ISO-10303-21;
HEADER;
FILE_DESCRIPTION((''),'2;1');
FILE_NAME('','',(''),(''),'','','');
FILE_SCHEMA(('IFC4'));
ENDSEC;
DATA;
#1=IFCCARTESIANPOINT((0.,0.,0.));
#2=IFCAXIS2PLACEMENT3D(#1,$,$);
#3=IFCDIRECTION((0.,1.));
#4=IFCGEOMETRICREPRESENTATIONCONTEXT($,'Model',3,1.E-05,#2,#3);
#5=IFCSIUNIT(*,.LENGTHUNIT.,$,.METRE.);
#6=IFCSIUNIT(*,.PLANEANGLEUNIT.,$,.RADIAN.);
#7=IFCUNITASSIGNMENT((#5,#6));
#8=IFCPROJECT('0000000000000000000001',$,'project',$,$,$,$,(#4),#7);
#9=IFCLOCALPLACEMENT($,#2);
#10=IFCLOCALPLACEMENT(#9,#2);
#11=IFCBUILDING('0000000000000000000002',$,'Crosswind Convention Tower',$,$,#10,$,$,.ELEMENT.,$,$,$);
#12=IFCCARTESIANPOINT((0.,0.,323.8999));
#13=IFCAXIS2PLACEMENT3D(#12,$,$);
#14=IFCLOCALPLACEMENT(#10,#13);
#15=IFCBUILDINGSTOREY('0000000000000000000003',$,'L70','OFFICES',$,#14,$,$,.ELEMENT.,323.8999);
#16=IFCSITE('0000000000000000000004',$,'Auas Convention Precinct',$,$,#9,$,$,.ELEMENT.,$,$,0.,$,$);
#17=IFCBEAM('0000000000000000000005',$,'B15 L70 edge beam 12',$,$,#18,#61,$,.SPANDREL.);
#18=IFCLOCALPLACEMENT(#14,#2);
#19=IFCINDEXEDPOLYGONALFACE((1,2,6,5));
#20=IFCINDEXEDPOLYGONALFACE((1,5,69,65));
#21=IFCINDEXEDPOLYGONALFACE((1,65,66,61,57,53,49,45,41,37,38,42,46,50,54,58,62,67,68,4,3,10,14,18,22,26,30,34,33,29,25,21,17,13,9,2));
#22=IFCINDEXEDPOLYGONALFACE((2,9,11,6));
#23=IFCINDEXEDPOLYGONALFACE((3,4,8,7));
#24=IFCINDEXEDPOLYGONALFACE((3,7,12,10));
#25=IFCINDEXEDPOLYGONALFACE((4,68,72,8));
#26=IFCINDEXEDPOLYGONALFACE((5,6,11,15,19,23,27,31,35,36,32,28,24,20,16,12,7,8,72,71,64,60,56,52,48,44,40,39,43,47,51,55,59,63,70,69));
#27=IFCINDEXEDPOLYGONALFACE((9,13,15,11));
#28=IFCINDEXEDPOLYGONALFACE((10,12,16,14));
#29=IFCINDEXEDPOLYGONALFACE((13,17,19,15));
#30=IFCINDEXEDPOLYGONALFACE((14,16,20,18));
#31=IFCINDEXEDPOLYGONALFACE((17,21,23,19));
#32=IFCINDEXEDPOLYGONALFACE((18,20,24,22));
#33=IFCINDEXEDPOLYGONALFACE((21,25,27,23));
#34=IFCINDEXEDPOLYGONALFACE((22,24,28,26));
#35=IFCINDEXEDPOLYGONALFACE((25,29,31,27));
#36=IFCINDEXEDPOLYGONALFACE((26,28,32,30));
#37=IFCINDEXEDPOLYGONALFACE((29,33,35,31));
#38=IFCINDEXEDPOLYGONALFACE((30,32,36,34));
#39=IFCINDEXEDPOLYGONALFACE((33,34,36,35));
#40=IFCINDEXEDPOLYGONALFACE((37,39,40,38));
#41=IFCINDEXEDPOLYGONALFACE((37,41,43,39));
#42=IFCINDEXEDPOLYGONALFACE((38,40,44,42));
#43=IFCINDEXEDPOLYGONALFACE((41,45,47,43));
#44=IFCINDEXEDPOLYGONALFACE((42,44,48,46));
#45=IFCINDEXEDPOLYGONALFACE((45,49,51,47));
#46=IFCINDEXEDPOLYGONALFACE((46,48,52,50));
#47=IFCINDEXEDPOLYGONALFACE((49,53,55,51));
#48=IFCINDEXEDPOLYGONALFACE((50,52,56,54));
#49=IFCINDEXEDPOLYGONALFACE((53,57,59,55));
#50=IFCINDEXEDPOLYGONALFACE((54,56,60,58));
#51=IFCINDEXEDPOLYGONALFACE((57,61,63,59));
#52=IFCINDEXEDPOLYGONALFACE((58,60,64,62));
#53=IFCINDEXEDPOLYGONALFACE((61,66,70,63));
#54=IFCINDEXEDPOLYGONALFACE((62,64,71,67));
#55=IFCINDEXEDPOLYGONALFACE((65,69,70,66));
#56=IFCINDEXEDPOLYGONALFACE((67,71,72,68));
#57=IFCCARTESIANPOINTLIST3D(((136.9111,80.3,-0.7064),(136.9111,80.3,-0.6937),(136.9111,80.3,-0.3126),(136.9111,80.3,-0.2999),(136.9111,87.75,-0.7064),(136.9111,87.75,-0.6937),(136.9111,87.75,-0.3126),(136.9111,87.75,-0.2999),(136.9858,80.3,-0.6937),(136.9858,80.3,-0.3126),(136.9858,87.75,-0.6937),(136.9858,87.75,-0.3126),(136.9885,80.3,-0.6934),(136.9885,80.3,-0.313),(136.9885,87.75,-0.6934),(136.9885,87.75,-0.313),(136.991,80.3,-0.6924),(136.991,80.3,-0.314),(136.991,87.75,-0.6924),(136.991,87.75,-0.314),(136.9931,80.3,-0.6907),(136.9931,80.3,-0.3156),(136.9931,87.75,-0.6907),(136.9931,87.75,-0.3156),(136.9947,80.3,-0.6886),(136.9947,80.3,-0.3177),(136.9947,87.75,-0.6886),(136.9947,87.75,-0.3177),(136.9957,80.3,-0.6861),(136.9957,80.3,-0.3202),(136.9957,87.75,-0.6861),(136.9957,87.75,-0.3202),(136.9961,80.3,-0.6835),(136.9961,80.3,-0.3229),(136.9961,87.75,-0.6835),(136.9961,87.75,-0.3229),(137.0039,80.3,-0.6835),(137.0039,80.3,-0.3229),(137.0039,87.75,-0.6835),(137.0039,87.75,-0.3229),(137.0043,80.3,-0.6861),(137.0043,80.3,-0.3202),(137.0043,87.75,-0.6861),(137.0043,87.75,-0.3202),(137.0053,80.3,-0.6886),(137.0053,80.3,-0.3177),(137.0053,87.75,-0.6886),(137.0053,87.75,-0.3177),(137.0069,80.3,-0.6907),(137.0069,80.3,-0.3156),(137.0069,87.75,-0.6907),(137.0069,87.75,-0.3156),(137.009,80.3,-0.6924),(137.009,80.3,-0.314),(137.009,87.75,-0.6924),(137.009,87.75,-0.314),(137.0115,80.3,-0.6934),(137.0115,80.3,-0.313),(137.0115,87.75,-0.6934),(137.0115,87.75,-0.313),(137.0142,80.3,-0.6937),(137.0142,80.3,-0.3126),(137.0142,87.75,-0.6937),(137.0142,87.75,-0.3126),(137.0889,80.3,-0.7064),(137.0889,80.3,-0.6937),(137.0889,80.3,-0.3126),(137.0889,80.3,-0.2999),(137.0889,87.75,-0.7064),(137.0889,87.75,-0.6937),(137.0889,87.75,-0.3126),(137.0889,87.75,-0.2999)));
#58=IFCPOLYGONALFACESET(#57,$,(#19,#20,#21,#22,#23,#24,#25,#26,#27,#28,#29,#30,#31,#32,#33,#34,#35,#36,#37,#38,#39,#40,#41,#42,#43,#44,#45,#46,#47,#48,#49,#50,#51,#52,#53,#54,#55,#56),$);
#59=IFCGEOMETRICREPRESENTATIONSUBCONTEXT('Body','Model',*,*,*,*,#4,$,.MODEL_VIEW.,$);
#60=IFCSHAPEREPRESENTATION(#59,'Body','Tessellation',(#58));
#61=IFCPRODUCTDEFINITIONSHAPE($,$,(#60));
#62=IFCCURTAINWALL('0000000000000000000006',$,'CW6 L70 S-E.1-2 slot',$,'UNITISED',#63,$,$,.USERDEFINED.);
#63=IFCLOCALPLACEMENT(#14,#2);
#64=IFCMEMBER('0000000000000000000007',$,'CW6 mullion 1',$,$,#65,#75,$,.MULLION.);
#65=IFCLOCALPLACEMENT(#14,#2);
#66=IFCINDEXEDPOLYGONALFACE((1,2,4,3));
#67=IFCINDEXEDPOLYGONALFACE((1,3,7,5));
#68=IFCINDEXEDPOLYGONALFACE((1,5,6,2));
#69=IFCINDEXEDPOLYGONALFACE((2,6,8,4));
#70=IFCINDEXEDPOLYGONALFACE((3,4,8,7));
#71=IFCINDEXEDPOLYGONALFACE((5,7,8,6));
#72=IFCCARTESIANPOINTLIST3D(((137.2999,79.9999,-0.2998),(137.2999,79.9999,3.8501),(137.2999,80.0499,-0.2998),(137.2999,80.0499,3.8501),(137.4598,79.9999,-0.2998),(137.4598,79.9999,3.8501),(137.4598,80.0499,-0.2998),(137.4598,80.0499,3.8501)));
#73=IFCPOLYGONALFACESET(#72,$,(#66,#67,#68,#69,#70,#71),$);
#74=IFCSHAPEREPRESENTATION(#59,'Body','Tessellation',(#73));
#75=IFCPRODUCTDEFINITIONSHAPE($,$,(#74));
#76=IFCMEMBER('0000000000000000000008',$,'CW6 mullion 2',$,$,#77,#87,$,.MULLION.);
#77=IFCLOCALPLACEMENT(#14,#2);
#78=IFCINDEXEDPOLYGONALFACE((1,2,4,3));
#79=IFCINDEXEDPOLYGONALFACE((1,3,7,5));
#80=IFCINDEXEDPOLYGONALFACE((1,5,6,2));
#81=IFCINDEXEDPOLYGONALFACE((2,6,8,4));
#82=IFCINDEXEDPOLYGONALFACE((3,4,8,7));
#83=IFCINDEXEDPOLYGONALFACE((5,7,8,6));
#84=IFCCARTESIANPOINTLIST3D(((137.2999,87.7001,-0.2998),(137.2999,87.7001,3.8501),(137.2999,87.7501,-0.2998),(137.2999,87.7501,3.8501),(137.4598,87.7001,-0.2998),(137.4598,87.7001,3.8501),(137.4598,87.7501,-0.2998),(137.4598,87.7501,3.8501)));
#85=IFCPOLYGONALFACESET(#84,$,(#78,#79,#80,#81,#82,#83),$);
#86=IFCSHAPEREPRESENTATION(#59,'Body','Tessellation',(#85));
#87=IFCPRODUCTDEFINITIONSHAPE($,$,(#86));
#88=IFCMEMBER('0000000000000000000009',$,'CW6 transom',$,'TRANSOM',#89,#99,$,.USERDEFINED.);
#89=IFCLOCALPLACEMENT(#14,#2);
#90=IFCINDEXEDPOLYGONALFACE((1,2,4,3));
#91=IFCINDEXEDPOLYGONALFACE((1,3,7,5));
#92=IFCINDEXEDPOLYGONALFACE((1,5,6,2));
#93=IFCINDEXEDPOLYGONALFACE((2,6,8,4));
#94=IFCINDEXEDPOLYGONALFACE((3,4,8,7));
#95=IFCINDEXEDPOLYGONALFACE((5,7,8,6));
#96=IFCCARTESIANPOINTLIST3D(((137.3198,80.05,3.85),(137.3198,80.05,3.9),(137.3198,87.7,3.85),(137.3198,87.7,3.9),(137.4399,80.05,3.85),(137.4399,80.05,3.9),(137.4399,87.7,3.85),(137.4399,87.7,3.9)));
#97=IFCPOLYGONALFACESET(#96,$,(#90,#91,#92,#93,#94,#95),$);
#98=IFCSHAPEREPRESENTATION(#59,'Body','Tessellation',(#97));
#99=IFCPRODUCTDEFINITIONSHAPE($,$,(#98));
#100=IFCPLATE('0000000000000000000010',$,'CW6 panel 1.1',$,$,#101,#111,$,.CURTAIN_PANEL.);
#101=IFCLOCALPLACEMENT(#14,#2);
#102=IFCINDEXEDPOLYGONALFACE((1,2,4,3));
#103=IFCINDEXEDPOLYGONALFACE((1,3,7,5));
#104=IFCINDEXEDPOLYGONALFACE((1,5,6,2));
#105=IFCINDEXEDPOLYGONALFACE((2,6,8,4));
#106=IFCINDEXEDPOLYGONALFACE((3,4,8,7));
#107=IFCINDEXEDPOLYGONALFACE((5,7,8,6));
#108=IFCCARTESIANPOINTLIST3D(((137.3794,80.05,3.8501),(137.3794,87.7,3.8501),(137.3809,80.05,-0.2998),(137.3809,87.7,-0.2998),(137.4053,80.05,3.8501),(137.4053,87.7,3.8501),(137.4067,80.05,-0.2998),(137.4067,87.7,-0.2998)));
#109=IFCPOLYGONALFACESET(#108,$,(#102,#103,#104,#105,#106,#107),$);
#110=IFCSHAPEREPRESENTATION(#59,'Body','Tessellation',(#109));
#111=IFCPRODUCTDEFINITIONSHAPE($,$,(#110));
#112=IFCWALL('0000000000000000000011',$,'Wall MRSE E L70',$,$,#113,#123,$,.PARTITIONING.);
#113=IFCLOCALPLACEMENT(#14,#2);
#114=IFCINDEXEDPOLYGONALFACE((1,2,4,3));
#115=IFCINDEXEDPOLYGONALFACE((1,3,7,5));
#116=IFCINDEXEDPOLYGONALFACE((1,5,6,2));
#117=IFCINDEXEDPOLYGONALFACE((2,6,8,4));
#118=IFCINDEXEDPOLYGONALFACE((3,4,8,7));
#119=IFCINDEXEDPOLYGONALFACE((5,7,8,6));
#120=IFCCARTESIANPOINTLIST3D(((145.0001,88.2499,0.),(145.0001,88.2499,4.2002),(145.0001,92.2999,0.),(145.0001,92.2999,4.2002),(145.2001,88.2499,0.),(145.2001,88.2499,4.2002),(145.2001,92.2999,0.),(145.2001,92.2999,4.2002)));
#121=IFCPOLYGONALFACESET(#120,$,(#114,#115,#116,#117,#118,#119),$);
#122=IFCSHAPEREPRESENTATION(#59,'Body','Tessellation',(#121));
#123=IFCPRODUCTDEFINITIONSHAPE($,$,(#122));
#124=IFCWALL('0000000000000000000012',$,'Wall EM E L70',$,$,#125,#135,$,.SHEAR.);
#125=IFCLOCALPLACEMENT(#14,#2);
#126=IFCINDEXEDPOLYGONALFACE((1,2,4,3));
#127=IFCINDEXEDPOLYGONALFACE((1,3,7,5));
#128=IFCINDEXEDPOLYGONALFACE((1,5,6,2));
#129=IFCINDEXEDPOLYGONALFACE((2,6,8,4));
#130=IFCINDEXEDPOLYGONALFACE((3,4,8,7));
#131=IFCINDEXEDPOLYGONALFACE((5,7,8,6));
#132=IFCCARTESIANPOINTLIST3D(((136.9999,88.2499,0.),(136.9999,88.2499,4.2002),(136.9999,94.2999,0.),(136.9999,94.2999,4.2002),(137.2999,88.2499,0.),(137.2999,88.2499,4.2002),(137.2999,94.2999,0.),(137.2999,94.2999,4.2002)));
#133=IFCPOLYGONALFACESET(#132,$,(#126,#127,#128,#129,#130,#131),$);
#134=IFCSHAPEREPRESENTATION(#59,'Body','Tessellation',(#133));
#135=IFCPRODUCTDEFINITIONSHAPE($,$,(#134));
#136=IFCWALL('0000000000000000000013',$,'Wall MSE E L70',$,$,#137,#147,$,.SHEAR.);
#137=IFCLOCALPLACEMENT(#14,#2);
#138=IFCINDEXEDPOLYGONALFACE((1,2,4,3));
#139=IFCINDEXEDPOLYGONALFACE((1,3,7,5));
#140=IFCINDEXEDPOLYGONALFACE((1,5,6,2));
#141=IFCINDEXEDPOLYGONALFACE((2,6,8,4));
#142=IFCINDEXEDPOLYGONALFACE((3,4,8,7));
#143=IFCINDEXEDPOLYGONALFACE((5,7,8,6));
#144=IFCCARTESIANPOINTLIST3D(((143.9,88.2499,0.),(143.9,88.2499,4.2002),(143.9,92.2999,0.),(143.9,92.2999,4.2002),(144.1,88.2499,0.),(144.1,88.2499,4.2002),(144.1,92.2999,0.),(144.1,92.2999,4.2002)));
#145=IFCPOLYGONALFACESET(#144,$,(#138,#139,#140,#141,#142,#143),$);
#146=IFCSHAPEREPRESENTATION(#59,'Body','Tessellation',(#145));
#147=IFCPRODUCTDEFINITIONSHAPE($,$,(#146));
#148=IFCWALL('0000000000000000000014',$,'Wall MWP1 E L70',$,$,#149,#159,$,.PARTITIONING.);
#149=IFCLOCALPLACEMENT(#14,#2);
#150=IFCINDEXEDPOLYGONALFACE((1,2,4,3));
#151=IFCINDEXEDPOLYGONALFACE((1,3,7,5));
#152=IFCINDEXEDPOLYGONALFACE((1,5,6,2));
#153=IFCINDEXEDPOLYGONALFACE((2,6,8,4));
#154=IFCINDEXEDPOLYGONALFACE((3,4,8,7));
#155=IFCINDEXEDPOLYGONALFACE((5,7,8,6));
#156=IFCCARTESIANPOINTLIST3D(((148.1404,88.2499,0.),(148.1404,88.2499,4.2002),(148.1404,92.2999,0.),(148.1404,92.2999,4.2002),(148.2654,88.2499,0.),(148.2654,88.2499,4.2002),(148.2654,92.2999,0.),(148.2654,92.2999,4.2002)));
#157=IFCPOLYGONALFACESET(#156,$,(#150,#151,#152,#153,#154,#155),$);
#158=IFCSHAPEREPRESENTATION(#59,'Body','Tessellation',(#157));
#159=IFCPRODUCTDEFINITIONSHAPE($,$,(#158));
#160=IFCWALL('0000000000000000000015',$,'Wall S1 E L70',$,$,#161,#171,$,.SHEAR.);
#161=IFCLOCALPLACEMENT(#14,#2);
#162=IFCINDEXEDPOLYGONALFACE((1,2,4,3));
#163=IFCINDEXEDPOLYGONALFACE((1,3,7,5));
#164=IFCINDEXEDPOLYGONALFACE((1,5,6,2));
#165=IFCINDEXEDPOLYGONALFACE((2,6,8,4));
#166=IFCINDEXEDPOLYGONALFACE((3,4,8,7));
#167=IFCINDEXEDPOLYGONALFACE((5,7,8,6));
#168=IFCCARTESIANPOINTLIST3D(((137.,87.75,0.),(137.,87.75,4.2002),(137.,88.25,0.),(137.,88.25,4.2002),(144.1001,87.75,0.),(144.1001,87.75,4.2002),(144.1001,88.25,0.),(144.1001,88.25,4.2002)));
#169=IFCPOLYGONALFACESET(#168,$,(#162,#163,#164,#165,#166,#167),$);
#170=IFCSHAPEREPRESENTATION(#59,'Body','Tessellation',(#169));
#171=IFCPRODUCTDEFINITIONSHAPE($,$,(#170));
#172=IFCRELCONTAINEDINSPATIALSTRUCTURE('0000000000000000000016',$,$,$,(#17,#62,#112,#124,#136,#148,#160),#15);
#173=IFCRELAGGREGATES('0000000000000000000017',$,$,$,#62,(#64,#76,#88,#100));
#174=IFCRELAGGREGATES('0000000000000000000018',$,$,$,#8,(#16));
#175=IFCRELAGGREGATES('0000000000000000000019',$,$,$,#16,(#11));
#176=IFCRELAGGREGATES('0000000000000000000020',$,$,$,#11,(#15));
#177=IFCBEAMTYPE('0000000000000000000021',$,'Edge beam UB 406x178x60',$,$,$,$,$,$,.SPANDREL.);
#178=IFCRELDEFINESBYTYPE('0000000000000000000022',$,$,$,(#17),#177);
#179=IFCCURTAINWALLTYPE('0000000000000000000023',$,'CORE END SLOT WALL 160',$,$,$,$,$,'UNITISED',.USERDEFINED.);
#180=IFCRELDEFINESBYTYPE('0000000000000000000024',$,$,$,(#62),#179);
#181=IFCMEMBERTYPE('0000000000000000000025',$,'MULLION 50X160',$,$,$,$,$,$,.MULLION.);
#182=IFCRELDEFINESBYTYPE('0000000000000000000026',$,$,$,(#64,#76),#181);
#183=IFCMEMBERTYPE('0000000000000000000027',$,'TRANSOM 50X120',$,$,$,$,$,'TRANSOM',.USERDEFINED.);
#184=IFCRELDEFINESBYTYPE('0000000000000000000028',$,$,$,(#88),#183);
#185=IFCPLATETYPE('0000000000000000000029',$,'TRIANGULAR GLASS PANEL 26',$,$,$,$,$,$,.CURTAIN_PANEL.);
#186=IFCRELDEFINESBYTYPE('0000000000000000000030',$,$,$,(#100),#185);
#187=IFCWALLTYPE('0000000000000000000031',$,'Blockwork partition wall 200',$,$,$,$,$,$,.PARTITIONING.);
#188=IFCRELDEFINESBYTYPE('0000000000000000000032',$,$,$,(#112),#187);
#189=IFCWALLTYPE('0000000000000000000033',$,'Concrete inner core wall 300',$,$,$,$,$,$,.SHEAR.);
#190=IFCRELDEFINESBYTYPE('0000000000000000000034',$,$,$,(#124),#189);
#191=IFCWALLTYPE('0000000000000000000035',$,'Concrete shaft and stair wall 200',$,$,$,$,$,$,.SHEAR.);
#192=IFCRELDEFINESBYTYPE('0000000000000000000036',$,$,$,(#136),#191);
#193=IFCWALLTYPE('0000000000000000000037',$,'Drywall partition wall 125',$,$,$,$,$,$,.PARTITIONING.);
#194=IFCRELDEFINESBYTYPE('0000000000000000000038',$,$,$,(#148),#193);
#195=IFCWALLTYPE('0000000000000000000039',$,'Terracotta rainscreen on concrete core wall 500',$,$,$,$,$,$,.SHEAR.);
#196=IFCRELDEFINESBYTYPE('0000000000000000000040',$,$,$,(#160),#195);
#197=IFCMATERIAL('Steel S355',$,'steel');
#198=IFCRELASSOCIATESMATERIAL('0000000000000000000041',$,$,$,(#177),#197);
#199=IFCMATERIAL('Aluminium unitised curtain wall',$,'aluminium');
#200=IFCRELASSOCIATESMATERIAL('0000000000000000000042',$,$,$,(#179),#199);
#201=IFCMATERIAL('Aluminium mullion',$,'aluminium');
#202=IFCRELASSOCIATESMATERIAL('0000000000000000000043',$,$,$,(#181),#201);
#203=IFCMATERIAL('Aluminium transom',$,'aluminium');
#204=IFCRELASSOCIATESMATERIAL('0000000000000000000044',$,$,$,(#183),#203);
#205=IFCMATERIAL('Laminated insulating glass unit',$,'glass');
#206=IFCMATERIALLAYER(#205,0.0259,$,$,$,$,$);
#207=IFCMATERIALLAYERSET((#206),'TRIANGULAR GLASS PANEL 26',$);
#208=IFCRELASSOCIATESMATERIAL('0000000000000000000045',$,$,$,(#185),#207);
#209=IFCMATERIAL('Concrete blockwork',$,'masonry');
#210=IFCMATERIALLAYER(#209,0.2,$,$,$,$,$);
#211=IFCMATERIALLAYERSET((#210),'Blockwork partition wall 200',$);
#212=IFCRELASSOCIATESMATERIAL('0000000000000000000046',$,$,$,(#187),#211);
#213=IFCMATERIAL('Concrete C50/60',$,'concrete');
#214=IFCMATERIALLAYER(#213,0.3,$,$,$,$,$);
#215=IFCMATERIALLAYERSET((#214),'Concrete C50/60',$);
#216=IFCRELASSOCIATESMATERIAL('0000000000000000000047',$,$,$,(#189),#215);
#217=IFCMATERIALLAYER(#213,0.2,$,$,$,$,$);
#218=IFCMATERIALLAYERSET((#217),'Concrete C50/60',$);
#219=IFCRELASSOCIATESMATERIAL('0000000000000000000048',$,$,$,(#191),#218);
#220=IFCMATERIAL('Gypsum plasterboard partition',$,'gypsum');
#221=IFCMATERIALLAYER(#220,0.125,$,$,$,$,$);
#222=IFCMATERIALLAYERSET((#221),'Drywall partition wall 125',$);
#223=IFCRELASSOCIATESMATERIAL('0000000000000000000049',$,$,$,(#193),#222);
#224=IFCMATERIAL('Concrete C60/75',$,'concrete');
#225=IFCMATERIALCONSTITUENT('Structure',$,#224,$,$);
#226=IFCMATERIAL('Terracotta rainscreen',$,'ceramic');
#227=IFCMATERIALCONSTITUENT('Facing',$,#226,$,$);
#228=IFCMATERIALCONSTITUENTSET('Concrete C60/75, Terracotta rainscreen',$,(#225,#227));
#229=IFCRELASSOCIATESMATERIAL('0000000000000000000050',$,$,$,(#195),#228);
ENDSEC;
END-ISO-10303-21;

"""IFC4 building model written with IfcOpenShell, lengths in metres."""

from ifc_helpers import new_model, si_unit, direction, frame, frame_2d, origin, origin_2d, place, context, subcontext, project, spatial, polyline, rectangle, i_section, outline, extrude, material, layer, layer_set, constituent, constituent_set, material_profile, profile_set, type_object, element, aggregate, save


model = new_model("IFC4")

# Units and contexts
model_context = context("Model", 3, precision=1e-05, world=origin(), true_north=direction((0.0, 1.0)))
body_context = subcontext(model_context, "Body", "Model", "MODEL_VIEW")
ifc_project = project(units=[si_unit("LENGTHUNIT", "METRE"), si_unit("PLANEANGLEUNIT", "RADIAN")], contexts=[model_context])

# Site, building, storey
site_placement = place(None, origin())
site = spatial("IfcSite", under=ifc_project, at=site_placement, Name="Auas Convention Precinct", CompositionType="ELEMENT", RefElevation=0.0)
building_placement = place(site_placement, origin())
building = spatial("IfcBuilding", under=site, at=building_placement, Name="Crosswind Convention Tower", CompositionType="ELEMENT")
storey_placement = place(building_placement, frame((0.0, 0.0, 323.8999)))
storey = spatial("IfcBuildingStorey", under=building, at=storey_placement, Name="L70", Description="OFFICES", CompositionType="ELEMENT", Elevation=323.8999)

# Beam
ifc_material_1 = material(Name="Steel S355", Category="steel")
ifc_material_profile_1 = material_profile(ifc_material_1, i_section(OverallWidth=0.1777, OverallDepth=0.4065, WebThickness=0.0078, FlangeThickness=0.0127, FilletRadius=0.0103, at=origin_2d()), Name="UB 406x178x60")
ifc_profile_set_1 = profile_set([ifc_material_profile_1], Name="Steel S355")
beam_type = type_object("IfcBeamType", Name="Edge beam UB 406x178x60", PredefinedType="SPANDREL", material=ifc_profile_set_1)
beam_placement = place(storey_placement, frame((137.0, 80.3, -0.5032), z_axis=(0.0, 1.0, 0.0), x_axis=(-1.0, 0.0, 0.0)))
element("IfcBeam", 1, at=beam_placement, inside=storey, type_object=beam_type, Name="B15 L70 edge beam 12", PredefinedType="SPANDREL", context=body_context, shape_type="SweptSolid", body=[
    extrude(i_section(OverallWidth=0.1777, OverallDepth=0.4065, WebThickness=0.0078, FlangeThickness=0.0127, FilletRadius=0.0103, at=origin_2d()), origin(), (0.0, 0.0, 1.0), 7.45),
])

# Curtain wall, members, plate
ifc_material_2 = material(Name="Aluminium unitised curtain wall", Category="aluminium")
curtain_wall_type = type_object("IfcCurtainWallType", Name="CORE END SLOT WALL 160", ElementType="UNITISED", PredefinedType="USERDEFINED", material=ifc_material_2)
curtain_wall_placement = place(storey_placement, origin())
curtain_wall = element("IfcCurtainWall", 2, at=curtain_wall_placement, inside=storey, type_object=curtain_wall_type, Name="CW6 L70 S-E.1-2 slot", ObjectType="UNITISED", PredefinedType="USERDEFINED")
ifc_material_3 = material(Name="Aluminium mullion", Category="aluminium")
ifc_material_profile_2 = material_profile(ifc_material_3, rectangle(XDim=0.1599, YDim=0.05, at=origin_2d()), Name="AL 160X50")
ifc_profile_set_2 = profile_set([ifc_material_profile_2], Name="Aluminium mullion")
member_type_1 = type_object("IfcMemberType", Name="MULLION 50X160", PredefinedType="MULLION", material=ifc_profile_set_2)
member_1_placement = place(storey_placement, frame((137.3799, 80.0249, -0.2998), z_axis=(0.0, 0.0, 1.0), x_axis=(1.0, 0.0, 0.0)))
member_1 = element("IfcMember", 3, at=member_1_placement, type_object=member_type_1, Name="CW6 mullion 1", PredefinedType="MULLION", context=body_context, shape_type="SweptSolid", body=[
    extrude(rectangle(XDim=0.1599, YDim=0.05, at=origin_2d()), origin(), (0.0, 0.0, 1.0), 4.1499),
])
member_2_placement = place(storey_placement, frame((137.3799, 87.7251, -0.2998), z_axis=(0.0, 0.0, 1.0), x_axis=(1.0, 0.0, 0.0)))
member_2 = element("IfcMember", 4, at=member_2_placement, type_object=member_type_1, Name="CW6 mullion 2", PredefinedType="MULLION", context=body_context, shape_type="SweptSolid", body=[
    extrude(rectangle(XDim=0.1599, YDim=0.05, at=origin_2d()), origin(), (0.0, 0.0, 1.0), 4.1499),
])
ifc_material_4 = material(Name="Aluminium transom", Category="aluminium")
ifc_material_profile_3 = material_profile(ifc_material_4, rectangle(XDim=0.1201, YDim=0.05, at=origin_2d()), Name="AL 120X50")
ifc_profile_set_3 = profile_set([ifc_material_profile_3], Name="Aluminium transom")
member_type_2 = type_object("IfcMemberType", Name="TRANSOM 50X120", ElementType="TRANSOM", PredefinedType="USERDEFINED", material=ifc_profile_set_3)
member_3_placement = place(storey_placement, frame((137.3799, 80.05, 3.875), z_axis=(0.0, 1.0, 0.0), x_axis=(-1.0, 0.0, 0.0)))
member_3 = element("IfcMember", 5, at=member_3_placement, type_object=member_type_2, Name="CW6 transom", ObjectType="TRANSOM", PredefinedType="USERDEFINED", context=body_context, shape_type="SweptSolid", body=[
    extrude(rectangle(XDim=0.1201, YDim=0.05, at=origin_2d()), origin(), (0.0, 0.0, 1.0), 7.6499),
])
ifc_material_5 = material(Name="Laminated insulating glass unit", Category="glass")
ifc_layer_1 = layer(ifc_material_5, 0.0259)
ifc_layer_set_1 = layer_set([ifc_layer_1], Name="TRIANGULAR GLASS PANEL 26")
plate_type = type_object("IfcPlateType", Name="TRIANGULAR GLASS PANEL 26", PredefinedType="CURTAIN_PANEL", material=ifc_layer_set_1)
plate_placement = place(storey_placement, frame((137.4067, 80.05, -0.2998), z_axis=(1.0, 0.0, 0.000353), x_axis=(0.0, 1.0, 0.0)))
plate = element("IfcPlate", 6, at=plate_placement, type_object=plate_type, Name="CW6 panel 1.1", PredefinedType="CURTAIN_PANEL", context=body_context, shape_type="SweptSolid", body=[
    extrude(outline(polyline([(0.0, 0.0), (7.6499, 0.0), (7.6499, 4.1499), (0.0, 4.1499), (0.0, 0.0)])), origin(), (0.0, 0.0, -1.0), 0.0259),
])
aggregate(curtain_wall, [member_1, member_2, member_3, plate])

# Walls
ifc_material_6 = material(Name="Concrete blockwork", Category="masonry")
ifc_layer_2 = layer(ifc_material_6, 0.2)
ifc_layer_set_2 = layer_set([ifc_layer_2], Name="Blockwork partition wall 200")
wall_type_1 = type_object("IfcWallType", Name="Blockwork partition wall 200", PredefinedType="PARTITIONING", material=ifc_layer_set_2)
wall_1_placement = place(storey_placement, frame((145.1001, 88.25, 0.0), z_axis=(0.0, 0.0, 1.0), x_axis=(0.0, 1.0, 0.0)))
element("IfcWall", 7, at=wall_1_placement, inside=storey, type_object=wall_type_1, Name="Wall MRSE E L70", PredefinedType="PARTITIONING", context=body_context, shape_type="SweptSolid", body=[
    extrude(rectangle(XDim=4.05, YDim=0.2, at=frame_2d((2.0249, 0.0))), origin(), (0.0, 0.0, 1.0), 4.2002),
])
ifc_material_7 = material(Name="Concrete C50/60", Category="concrete")
ifc_layer_3 = layer(ifc_material_7, 0.3)
ifc_layer_set_3 = layer_set([ifc_layer_3], Name="Concrete C50/60")
wall_type_2 = type_object("IfcWallType", Name="Concrete inner core wall 300", PredefinedType="SHEAR", material=ifc_layer_set_3)
wall_2_placement = place(storey_placement, frame((137.1499, 88.25, 0.0), z_axis=(0.0, 0.0, 1.0), x_axis=(0.0, 1.0, 0.0)))
element("IfcWall", 8, at=wall_2_placement, inside=storey, type_object=wall_type_2, Name="Wall EM E L70", PredefinedType="SHEAR", context=body_context, shape_type="SweptSolid", body=[
    extrude(rectangle(XDim=6.05, YDim=0.3, at=frame_2d((3.0249, 0.0))), origin(), (0.0, 0.0, 1.0), 4.2002),
])
ifc_layer_4 = layer(ifc_material_7, 0.2)
ifc_layer_set_4 = layer_set([ifc_layer_4], Name="Concrete C50/60")
wall_type_3 = type_object("IfcWallType", Name="Concrete shaft and stair wall 200", PredefinedType="SHEAR", material=ifc_layer_set_4)
wall_3_placement = place(storey_placement, frame((144.0, 88.25, 0.0), z_axis=(0.0, 0.0, 1.0), x_axis=(0.0, 1.0, 0.0)))
element("IfcWall", 9, at=wall_3_placement, inside=storey, type_object=wall_type_3, Name="Wall MSE E L70", PredefinedType="SHEAR", context=body_context, shape_type="SweptSolid", body=[
    extrude(rectangle(XDim=4.05, YDim=0.2, at=frame_2d((2.0249, 0.0))), origin(), (0.0, 0.0, 1.0), 4.2002),
])
ifc_material_8 = material(Name="Gypsum plasterboard partition", Category="gypsum")
ifc_layer_5 = layer(ifc_material_8, 0.125)
ifc_layer_set_5 = layer_set([ifc_layer_5], Name="Drywall partition wall 125")
wall_type_4 = type_object("IfcWallType", Name="Drywall partition wall 125", PredefinedType="PARTITIONING", material=ifc_layer_set_5)
wall_4_placement = place(storey_placement, frame((148.2029, 88.25, 0.0), z_axis=(0.0, 0.0, 1.0), x_axis=(0.0, 1.0, 0.0)))
element("IfcWall", 10, at=wall_4_placement, inside=storey, type_object=wall_type_4, Name="Wall MWP1 E L70", PredefinedType="PARTITIONING", context=body_context, shape_type="SweptSolid", body=[
    extrude(rectangle(XDim=4.05, YDim=0.125, at=frame_2d((2.0249, 0.0))), origin(), (0.0, 0.0, 1.0), 4.2002),
])
ifc_material_9 = material(Name="Concrete C60/75", Category="concrete")
ifc_constituent_1 = constituent(ifc_material_9, Name="Structure")
ifc_material_10 = material(Name="Terracotta rainscreen", Category="ceramic")
ifc_constituent_2 = constituent(ifc_material_10, Name="Facing")
ifc_constituent_set = constituent_set(constituents=[ifc_constituent_1, ifc_constituent_2], Name="Concrete C60/75, Terracotta rainscreen")
wall_type_5 = type_object("IfcWallType", Name="Terracotta rainscreen on concrete core wall 500", PredefinedType="SHEAR", material=ifc_constituent_set)
wall_5_placement = place(storey_placement, frame((137.0, 88.0, 0.0), z_axis=(0.0, 0.0, 1.0), x_axis=(1.0, 0.0, 0.0)))
element("IfcWall", 11, at=wall_5_placement, inside=storey, type_object=wall_type_5, Name="Wall S1 E L70", PredefinedType="SHEAR", context=body_context, shape_type="SweptSolid", body=[
    extrude(rectangle(XDim=7.1001, YDim=0.5, at=frame_2d((3.55, 0.0))), origin(), (0.0, 0.0, 1.0), 4.2002),
])

save(model, "model.ifc")
